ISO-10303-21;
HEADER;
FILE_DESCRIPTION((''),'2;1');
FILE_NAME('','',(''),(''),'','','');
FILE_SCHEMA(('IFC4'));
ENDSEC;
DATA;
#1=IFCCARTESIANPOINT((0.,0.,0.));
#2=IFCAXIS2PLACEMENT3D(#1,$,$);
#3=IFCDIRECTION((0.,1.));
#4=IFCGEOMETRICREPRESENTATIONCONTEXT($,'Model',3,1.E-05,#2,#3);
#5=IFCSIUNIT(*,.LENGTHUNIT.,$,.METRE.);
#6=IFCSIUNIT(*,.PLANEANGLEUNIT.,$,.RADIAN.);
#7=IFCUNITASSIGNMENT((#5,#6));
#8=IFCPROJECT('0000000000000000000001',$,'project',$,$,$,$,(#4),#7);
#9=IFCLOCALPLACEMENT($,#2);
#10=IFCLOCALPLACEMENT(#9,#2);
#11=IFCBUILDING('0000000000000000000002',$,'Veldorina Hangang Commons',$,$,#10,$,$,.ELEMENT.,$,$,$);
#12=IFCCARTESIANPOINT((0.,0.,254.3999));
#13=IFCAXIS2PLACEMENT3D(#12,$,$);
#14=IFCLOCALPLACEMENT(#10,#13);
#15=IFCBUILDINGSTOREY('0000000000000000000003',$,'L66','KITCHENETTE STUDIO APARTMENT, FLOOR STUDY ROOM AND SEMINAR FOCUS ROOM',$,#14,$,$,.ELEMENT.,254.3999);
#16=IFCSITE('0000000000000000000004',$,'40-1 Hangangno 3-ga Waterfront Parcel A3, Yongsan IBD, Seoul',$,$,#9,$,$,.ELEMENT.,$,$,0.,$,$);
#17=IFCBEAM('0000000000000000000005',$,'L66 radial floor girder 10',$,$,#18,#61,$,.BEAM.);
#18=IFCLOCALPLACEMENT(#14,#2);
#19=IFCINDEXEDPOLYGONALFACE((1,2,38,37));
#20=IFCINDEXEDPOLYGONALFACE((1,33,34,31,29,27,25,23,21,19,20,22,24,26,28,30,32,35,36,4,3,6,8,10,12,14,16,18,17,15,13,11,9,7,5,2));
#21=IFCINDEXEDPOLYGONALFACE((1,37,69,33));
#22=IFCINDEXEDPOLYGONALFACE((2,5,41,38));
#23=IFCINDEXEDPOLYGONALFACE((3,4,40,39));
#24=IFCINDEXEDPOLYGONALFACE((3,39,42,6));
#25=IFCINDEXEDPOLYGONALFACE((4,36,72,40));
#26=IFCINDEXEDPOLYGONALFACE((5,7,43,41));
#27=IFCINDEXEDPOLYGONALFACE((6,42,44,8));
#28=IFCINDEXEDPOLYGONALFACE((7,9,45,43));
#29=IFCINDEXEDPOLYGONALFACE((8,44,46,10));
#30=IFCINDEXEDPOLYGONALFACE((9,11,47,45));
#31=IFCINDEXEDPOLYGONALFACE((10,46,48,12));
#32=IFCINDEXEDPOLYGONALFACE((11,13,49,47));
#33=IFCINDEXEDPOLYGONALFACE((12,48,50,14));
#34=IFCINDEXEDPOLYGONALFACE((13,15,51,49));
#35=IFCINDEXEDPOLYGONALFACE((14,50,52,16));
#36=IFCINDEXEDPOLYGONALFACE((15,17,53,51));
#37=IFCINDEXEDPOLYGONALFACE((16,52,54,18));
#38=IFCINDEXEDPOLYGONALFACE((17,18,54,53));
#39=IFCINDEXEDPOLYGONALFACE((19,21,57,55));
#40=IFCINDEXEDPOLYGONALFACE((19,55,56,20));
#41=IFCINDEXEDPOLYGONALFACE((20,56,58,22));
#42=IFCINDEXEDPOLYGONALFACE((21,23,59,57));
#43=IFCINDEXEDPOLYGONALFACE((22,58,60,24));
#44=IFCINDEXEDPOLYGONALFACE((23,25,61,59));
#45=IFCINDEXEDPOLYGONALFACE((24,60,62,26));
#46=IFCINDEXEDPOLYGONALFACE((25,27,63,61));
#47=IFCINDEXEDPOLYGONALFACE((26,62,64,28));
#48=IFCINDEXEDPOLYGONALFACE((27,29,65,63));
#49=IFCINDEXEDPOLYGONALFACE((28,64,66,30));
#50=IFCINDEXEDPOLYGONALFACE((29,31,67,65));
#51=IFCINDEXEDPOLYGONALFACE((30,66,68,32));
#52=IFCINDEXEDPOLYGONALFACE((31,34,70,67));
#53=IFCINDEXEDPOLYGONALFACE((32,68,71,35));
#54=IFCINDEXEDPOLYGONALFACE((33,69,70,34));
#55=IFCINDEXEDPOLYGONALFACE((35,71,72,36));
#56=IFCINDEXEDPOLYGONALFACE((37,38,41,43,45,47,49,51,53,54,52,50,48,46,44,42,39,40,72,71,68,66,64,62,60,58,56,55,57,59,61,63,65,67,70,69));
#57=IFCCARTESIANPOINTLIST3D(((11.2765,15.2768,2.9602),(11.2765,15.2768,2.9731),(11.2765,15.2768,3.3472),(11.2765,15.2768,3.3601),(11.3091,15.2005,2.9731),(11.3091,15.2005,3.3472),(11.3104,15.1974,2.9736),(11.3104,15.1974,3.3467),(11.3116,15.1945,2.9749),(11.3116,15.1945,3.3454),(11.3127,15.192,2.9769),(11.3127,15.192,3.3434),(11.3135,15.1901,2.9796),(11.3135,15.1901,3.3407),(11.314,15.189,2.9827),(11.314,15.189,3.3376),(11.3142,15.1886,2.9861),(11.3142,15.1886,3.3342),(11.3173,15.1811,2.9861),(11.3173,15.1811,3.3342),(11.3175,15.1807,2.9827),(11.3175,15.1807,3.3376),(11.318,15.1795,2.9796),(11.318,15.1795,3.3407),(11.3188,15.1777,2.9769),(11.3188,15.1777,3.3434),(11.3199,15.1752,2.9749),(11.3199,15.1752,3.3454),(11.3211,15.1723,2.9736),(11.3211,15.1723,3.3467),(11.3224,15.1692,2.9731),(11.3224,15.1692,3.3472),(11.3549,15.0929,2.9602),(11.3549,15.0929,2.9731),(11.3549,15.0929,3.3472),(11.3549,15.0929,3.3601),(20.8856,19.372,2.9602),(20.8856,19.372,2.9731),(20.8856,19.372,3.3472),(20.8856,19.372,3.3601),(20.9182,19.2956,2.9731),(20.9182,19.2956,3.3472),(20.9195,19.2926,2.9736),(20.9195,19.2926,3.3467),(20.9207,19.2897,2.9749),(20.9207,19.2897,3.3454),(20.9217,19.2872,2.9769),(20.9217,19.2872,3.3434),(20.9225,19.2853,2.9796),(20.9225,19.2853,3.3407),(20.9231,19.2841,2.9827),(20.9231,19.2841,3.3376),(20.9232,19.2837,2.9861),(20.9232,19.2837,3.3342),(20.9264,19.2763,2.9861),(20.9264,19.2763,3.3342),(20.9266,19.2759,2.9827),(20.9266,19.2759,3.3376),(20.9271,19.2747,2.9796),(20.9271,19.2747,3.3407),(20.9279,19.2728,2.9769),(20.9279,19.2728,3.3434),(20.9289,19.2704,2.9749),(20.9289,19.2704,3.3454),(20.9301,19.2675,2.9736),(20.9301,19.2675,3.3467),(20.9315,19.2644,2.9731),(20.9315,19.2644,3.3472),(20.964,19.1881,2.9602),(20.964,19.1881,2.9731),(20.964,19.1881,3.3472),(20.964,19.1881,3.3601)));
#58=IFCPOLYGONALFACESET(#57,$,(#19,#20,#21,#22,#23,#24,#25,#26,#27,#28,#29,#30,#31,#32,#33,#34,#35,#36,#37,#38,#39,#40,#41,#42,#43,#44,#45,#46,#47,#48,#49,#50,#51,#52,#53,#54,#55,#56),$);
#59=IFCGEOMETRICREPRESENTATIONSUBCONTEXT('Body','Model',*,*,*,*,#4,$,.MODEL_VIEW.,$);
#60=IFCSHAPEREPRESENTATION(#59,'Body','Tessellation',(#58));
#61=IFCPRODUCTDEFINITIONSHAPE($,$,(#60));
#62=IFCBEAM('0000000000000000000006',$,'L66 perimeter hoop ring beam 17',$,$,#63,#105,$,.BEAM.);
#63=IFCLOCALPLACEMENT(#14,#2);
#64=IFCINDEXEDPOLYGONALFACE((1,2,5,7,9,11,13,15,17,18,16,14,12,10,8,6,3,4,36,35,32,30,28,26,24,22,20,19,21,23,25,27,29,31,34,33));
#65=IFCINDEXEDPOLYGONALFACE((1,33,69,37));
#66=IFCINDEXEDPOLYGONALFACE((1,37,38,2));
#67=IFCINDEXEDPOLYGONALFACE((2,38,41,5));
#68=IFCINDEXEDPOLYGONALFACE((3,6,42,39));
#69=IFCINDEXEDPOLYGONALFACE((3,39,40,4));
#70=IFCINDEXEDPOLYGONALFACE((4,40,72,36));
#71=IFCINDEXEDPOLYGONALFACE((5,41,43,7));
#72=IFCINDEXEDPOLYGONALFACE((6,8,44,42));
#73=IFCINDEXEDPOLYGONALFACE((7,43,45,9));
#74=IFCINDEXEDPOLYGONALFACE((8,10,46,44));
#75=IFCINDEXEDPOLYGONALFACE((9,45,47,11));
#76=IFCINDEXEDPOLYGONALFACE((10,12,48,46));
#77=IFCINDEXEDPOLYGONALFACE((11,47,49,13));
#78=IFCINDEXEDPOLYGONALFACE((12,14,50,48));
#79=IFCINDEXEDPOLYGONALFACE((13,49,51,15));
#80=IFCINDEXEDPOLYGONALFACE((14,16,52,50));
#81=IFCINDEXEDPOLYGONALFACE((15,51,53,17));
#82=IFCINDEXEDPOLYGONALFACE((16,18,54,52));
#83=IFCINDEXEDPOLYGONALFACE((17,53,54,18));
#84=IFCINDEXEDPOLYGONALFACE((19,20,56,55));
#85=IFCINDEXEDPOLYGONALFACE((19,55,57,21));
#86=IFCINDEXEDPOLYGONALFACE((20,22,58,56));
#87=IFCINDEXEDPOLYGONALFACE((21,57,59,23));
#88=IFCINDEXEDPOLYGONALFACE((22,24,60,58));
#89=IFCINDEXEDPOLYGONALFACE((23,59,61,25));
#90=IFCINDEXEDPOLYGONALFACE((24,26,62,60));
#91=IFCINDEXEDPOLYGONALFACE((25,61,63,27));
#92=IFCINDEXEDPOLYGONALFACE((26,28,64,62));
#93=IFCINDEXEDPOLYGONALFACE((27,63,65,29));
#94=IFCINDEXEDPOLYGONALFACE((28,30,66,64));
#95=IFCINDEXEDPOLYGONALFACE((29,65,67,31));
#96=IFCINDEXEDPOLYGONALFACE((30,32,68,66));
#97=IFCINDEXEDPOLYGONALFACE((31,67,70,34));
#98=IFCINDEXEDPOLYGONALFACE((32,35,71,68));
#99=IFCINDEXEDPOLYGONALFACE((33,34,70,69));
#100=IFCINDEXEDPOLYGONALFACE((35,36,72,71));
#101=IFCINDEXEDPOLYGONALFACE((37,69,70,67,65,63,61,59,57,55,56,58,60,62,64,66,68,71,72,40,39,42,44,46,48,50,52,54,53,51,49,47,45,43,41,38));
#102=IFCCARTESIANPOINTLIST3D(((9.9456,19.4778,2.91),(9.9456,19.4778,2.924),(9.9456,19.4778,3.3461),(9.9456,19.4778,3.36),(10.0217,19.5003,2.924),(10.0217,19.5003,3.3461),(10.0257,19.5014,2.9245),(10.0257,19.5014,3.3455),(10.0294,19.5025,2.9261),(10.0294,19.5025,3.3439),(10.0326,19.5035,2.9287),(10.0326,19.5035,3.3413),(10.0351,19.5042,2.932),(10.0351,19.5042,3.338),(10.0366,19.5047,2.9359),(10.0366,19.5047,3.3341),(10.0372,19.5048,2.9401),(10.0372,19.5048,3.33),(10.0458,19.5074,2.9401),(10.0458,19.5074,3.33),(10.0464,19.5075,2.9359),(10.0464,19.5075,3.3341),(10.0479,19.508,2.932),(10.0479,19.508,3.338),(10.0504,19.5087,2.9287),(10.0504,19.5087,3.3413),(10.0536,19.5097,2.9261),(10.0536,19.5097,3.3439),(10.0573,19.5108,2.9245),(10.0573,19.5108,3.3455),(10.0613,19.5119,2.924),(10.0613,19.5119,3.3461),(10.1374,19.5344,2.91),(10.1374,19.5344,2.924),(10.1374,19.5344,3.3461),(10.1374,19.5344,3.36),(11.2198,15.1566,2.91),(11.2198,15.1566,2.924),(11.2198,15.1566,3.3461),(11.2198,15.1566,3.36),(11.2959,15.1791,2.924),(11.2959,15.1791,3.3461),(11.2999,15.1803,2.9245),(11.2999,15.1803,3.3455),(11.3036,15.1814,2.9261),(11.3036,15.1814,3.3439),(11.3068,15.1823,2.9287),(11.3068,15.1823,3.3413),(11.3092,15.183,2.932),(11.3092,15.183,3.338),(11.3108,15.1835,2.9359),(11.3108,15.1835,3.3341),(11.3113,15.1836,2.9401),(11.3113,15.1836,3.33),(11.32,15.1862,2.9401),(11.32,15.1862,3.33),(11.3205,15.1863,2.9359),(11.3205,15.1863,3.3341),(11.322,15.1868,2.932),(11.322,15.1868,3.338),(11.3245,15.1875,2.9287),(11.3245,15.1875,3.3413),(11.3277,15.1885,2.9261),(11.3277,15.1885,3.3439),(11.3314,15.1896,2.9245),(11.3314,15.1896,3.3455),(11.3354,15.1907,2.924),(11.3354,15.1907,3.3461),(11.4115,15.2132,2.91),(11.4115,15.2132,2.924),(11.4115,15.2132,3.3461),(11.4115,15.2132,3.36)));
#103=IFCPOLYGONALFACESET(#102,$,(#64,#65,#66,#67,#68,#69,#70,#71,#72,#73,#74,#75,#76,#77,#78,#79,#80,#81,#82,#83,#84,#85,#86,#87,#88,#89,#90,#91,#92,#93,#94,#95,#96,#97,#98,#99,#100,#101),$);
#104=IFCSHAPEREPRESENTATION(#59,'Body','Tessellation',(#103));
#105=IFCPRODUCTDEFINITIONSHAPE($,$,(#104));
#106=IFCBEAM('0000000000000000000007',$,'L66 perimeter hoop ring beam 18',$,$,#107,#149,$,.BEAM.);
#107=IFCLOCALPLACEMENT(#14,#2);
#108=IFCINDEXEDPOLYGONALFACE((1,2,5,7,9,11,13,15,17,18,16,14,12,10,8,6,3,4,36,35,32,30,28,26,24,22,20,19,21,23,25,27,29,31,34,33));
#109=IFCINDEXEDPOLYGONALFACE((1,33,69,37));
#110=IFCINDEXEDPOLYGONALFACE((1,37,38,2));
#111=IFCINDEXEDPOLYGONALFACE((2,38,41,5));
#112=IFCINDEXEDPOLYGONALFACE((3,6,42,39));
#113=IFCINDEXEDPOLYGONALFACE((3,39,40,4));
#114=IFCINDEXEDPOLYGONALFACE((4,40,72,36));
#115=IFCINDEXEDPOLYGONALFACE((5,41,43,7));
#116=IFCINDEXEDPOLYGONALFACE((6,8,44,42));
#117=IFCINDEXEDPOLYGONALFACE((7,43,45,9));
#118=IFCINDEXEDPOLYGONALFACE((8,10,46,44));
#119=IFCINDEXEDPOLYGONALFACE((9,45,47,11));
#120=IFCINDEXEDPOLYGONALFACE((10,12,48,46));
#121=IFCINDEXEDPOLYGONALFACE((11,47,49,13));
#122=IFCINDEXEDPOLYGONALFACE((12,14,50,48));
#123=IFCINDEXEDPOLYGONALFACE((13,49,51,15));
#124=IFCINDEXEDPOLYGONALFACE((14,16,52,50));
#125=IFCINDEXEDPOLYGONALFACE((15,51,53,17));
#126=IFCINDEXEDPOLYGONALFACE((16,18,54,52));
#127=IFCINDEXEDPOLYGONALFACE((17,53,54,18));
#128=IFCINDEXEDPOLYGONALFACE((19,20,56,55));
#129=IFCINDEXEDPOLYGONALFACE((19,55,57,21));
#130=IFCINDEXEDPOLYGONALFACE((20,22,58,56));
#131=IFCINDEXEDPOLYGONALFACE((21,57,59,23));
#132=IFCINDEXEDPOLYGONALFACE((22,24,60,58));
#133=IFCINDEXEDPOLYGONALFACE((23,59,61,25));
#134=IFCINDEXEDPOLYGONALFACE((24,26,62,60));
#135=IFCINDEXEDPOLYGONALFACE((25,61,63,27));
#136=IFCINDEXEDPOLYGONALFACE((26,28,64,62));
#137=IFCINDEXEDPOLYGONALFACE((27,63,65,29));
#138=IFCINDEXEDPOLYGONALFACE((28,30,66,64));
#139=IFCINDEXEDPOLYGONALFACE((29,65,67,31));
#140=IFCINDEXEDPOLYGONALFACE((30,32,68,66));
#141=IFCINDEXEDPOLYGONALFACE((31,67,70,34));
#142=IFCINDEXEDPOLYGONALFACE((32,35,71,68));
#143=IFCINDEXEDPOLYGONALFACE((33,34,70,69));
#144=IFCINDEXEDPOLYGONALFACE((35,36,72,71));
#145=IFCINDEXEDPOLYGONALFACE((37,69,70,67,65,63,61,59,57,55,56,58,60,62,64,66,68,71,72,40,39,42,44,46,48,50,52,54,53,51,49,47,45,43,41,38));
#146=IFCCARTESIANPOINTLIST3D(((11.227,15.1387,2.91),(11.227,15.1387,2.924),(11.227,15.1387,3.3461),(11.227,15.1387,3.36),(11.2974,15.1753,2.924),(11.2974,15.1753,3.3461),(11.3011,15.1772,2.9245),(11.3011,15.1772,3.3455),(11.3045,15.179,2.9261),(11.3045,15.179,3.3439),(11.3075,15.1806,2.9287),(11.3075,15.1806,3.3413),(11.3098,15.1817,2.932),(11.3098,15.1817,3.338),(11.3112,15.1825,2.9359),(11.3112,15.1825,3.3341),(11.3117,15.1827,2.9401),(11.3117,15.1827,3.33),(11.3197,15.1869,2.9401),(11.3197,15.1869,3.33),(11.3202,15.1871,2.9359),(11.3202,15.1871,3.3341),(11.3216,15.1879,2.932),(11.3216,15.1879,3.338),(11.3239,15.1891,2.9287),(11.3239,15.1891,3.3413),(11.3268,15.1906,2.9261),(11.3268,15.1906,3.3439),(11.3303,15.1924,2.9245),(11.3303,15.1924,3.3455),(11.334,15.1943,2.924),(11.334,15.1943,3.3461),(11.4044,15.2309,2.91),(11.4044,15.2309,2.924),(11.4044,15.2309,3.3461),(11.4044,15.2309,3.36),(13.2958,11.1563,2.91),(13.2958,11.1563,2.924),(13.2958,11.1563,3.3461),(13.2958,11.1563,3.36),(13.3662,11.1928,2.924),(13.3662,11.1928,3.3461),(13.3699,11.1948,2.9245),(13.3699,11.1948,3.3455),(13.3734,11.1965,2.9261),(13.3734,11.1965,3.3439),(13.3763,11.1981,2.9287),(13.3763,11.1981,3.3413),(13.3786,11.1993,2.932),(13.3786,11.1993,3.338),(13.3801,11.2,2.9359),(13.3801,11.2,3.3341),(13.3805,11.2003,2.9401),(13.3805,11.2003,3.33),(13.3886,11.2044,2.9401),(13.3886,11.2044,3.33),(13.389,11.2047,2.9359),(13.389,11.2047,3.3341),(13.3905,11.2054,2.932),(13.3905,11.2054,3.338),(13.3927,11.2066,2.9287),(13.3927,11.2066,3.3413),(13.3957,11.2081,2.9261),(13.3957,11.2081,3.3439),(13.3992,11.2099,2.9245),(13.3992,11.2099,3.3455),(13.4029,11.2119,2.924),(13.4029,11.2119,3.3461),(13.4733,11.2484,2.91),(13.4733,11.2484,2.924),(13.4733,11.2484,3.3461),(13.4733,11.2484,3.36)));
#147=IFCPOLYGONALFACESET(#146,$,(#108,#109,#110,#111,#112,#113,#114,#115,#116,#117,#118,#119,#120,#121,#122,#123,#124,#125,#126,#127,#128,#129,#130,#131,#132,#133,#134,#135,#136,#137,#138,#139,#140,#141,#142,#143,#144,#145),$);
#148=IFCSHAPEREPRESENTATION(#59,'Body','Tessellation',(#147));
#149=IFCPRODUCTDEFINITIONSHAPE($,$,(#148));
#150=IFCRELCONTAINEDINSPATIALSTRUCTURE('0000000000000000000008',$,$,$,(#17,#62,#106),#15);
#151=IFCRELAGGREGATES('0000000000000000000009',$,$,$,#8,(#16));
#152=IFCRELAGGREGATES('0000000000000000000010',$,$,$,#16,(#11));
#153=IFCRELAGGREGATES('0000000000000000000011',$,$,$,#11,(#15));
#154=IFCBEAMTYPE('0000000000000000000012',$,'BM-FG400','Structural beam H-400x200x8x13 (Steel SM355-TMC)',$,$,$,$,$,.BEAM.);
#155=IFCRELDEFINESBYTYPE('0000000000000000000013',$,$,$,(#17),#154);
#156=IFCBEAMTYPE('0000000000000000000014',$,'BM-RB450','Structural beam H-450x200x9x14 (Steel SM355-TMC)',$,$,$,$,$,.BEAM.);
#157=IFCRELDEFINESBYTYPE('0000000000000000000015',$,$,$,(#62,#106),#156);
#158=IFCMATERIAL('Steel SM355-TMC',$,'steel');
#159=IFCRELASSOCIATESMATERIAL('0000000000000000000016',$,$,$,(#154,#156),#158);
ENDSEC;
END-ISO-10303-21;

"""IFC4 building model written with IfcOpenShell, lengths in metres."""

from ifc_helpers import new_model, si_unit, direction, frame, origin, origin_2d, place, context, subcontext, project, spatial, i_section, extrude, material, material_profile, profile_set, type_object, element, save


model = new_model("IFC4")

# Units and contexts
model_context = context("Model", 3, precision=1e-05, world=origin(), true_north=direction((0.0, 1.0)))
body_context = subcontext(model_context, "Body", "Model", "MODEL_VIEW")
ifc_project = project(units=[si_unit("LENGTHUNIT", "METRE"), si_unit("PLANEANGLEUNIT", "RADIAN")], contexts=[model_context])

# Site, building, storey
site_placement = place(None, origin())
site = spatial("IfcSite", under=ifc_project, at=site_placement, Name="40-1 Hangangno 3-ga Waterfront Parcel A3, Yongsan IBD, Seoul", CompositionType="ELEMENT", RefElevation=0.0)
building_placement = place(site_placement, origin())
building = spatial("IfcBuilding", under=site, at=building_placement, Name="Veldorina Hangang Commons", CompositionType="ELEMENT")
storey_placement = place(building_placement, frame((0.0, 0.0, 254.3999)))
storey = spatial("IfcBuildingStorey", under=building, at=storey_placement, Name="L66", Description="KITCHENETTE STUDIO APARTMENT, FLOOR STUDY ROOM AND SEMINAR FOCUS ROOM", CompositionType="ELEMENT", Elevation=254.3999)

# Beams
ifc_material_1 = material(Name="Steel SM355-TMC", Category="steel")
ifc_material_profile_1 = material_profile(ifc_material_1, i_section(OverallWidth=0.2, OverallDepth=0.3999, WebThickness=0.0081, FlangeThickness=0.0129, FilletRadius=0.0129, at=origin_2d()), Name="H-400x200x8x13")
ifc_profile_set_1 = profile_set([ifc_material_profile_1], Name="Steel SM355-TMC")
beam_type_1 = type_object("IfcBeamType", Name="BM-FG400", Description="Structural beam H-400x200x8x13 (Steel SM355-TMC)", PredefinedType="BEAM", material=ifc_profile_set_1)
beam_1_placement = place(storey_placement, frame((20.9248, 19.28, 3.1602), z_axis=(-0.91994, -0.39206, 0.0), x_axis=(0.39206, -0.91994, 0.0)))
element("IfcBeam", 1, at=beam_1_placement, inside=storey, type_object=beam_type_1, Name="L66 radial floor girder 10", PredefinedType="BEAM", context=body_context, shape_type="SweptSolid", body=[
    extrude(i_section(OverallWidth=0.2, OverallDepth=0.3999, WebThickness=0.0081, FlangeThickness=0.0129, FilletRadius=0.0129, at=origin_2d()), origin(), (0.0, 0.0, 1.0), 10.4453),
])
ifc_material_profile_2 = material_profile(ifc_material_1, i_section(OverallWidth=0.2, OverallDepth=0.45, WebThickness=0.009, FlangeThickness=0.0139, FilletRadius=0.0161, at=origin_2d()), Name="H-450x200x9x14")
ifc_profile_set_2 = profile_set([ifc_material_profile_2], Name="Steel SM355-TMC")
beam_type_2 = type_object("IfcBeamType", Name="BM-RB450", Description="Structural beam H-450x200x9x14 (Steel SM355-TMC)", PredefinedType="BEAM", material=ifc_profile_set_2)
beam_2_placement = place(storey_placement, frame((10.0415, 19.5061, 3.135), z_axis=(0.282821, -0.959173, 0.0), x_axis=(0.959173, 0.282821, 0.0)))
element("IfcBeam", 2, at=beam_2_placement, inside=storey, type_object=beam_type_2, Name="L66 perimeter hoop ring beam 17", PredefinedType="BEAM", context=body_context, shape_type="SweptSolid", body=[
    extrude(i_section(OverallWidth=0.2, OverallDepth=0.45, WebThickness=0.009, FlangeThickness=0.0139, FilletRadius=0.0161, at=origin_2d()), origin(), (0.0, 0.0, 1.0), 4.5051),
])
beam_3_placement = place(storey_placement, frame((11.3157, 15.1848, 3.135), z_axis=(0.461, -0.8874, 0.0), x_axis=(0.8874, 0.461, 0.0)))
element("IfcBeam", 3, at=beam_3_placement, inside=storey, type_object=beam_type_2, Name="L66 perimeter hoop ring beam 18", PredefinedType="BEAM", context=body_context, shape_type="SweptSolid", body=[
    extrude(i_section(OverallWidth=0.2, OverallDepth=0.45, WebThickness=0.009, FlangeThickness=0.0139, FilletRadius=0.0161, at=origin_2d()), origin(), (0.0, 0.0, 1.0), 4.4878),
])

save(model, "model.ifc")
